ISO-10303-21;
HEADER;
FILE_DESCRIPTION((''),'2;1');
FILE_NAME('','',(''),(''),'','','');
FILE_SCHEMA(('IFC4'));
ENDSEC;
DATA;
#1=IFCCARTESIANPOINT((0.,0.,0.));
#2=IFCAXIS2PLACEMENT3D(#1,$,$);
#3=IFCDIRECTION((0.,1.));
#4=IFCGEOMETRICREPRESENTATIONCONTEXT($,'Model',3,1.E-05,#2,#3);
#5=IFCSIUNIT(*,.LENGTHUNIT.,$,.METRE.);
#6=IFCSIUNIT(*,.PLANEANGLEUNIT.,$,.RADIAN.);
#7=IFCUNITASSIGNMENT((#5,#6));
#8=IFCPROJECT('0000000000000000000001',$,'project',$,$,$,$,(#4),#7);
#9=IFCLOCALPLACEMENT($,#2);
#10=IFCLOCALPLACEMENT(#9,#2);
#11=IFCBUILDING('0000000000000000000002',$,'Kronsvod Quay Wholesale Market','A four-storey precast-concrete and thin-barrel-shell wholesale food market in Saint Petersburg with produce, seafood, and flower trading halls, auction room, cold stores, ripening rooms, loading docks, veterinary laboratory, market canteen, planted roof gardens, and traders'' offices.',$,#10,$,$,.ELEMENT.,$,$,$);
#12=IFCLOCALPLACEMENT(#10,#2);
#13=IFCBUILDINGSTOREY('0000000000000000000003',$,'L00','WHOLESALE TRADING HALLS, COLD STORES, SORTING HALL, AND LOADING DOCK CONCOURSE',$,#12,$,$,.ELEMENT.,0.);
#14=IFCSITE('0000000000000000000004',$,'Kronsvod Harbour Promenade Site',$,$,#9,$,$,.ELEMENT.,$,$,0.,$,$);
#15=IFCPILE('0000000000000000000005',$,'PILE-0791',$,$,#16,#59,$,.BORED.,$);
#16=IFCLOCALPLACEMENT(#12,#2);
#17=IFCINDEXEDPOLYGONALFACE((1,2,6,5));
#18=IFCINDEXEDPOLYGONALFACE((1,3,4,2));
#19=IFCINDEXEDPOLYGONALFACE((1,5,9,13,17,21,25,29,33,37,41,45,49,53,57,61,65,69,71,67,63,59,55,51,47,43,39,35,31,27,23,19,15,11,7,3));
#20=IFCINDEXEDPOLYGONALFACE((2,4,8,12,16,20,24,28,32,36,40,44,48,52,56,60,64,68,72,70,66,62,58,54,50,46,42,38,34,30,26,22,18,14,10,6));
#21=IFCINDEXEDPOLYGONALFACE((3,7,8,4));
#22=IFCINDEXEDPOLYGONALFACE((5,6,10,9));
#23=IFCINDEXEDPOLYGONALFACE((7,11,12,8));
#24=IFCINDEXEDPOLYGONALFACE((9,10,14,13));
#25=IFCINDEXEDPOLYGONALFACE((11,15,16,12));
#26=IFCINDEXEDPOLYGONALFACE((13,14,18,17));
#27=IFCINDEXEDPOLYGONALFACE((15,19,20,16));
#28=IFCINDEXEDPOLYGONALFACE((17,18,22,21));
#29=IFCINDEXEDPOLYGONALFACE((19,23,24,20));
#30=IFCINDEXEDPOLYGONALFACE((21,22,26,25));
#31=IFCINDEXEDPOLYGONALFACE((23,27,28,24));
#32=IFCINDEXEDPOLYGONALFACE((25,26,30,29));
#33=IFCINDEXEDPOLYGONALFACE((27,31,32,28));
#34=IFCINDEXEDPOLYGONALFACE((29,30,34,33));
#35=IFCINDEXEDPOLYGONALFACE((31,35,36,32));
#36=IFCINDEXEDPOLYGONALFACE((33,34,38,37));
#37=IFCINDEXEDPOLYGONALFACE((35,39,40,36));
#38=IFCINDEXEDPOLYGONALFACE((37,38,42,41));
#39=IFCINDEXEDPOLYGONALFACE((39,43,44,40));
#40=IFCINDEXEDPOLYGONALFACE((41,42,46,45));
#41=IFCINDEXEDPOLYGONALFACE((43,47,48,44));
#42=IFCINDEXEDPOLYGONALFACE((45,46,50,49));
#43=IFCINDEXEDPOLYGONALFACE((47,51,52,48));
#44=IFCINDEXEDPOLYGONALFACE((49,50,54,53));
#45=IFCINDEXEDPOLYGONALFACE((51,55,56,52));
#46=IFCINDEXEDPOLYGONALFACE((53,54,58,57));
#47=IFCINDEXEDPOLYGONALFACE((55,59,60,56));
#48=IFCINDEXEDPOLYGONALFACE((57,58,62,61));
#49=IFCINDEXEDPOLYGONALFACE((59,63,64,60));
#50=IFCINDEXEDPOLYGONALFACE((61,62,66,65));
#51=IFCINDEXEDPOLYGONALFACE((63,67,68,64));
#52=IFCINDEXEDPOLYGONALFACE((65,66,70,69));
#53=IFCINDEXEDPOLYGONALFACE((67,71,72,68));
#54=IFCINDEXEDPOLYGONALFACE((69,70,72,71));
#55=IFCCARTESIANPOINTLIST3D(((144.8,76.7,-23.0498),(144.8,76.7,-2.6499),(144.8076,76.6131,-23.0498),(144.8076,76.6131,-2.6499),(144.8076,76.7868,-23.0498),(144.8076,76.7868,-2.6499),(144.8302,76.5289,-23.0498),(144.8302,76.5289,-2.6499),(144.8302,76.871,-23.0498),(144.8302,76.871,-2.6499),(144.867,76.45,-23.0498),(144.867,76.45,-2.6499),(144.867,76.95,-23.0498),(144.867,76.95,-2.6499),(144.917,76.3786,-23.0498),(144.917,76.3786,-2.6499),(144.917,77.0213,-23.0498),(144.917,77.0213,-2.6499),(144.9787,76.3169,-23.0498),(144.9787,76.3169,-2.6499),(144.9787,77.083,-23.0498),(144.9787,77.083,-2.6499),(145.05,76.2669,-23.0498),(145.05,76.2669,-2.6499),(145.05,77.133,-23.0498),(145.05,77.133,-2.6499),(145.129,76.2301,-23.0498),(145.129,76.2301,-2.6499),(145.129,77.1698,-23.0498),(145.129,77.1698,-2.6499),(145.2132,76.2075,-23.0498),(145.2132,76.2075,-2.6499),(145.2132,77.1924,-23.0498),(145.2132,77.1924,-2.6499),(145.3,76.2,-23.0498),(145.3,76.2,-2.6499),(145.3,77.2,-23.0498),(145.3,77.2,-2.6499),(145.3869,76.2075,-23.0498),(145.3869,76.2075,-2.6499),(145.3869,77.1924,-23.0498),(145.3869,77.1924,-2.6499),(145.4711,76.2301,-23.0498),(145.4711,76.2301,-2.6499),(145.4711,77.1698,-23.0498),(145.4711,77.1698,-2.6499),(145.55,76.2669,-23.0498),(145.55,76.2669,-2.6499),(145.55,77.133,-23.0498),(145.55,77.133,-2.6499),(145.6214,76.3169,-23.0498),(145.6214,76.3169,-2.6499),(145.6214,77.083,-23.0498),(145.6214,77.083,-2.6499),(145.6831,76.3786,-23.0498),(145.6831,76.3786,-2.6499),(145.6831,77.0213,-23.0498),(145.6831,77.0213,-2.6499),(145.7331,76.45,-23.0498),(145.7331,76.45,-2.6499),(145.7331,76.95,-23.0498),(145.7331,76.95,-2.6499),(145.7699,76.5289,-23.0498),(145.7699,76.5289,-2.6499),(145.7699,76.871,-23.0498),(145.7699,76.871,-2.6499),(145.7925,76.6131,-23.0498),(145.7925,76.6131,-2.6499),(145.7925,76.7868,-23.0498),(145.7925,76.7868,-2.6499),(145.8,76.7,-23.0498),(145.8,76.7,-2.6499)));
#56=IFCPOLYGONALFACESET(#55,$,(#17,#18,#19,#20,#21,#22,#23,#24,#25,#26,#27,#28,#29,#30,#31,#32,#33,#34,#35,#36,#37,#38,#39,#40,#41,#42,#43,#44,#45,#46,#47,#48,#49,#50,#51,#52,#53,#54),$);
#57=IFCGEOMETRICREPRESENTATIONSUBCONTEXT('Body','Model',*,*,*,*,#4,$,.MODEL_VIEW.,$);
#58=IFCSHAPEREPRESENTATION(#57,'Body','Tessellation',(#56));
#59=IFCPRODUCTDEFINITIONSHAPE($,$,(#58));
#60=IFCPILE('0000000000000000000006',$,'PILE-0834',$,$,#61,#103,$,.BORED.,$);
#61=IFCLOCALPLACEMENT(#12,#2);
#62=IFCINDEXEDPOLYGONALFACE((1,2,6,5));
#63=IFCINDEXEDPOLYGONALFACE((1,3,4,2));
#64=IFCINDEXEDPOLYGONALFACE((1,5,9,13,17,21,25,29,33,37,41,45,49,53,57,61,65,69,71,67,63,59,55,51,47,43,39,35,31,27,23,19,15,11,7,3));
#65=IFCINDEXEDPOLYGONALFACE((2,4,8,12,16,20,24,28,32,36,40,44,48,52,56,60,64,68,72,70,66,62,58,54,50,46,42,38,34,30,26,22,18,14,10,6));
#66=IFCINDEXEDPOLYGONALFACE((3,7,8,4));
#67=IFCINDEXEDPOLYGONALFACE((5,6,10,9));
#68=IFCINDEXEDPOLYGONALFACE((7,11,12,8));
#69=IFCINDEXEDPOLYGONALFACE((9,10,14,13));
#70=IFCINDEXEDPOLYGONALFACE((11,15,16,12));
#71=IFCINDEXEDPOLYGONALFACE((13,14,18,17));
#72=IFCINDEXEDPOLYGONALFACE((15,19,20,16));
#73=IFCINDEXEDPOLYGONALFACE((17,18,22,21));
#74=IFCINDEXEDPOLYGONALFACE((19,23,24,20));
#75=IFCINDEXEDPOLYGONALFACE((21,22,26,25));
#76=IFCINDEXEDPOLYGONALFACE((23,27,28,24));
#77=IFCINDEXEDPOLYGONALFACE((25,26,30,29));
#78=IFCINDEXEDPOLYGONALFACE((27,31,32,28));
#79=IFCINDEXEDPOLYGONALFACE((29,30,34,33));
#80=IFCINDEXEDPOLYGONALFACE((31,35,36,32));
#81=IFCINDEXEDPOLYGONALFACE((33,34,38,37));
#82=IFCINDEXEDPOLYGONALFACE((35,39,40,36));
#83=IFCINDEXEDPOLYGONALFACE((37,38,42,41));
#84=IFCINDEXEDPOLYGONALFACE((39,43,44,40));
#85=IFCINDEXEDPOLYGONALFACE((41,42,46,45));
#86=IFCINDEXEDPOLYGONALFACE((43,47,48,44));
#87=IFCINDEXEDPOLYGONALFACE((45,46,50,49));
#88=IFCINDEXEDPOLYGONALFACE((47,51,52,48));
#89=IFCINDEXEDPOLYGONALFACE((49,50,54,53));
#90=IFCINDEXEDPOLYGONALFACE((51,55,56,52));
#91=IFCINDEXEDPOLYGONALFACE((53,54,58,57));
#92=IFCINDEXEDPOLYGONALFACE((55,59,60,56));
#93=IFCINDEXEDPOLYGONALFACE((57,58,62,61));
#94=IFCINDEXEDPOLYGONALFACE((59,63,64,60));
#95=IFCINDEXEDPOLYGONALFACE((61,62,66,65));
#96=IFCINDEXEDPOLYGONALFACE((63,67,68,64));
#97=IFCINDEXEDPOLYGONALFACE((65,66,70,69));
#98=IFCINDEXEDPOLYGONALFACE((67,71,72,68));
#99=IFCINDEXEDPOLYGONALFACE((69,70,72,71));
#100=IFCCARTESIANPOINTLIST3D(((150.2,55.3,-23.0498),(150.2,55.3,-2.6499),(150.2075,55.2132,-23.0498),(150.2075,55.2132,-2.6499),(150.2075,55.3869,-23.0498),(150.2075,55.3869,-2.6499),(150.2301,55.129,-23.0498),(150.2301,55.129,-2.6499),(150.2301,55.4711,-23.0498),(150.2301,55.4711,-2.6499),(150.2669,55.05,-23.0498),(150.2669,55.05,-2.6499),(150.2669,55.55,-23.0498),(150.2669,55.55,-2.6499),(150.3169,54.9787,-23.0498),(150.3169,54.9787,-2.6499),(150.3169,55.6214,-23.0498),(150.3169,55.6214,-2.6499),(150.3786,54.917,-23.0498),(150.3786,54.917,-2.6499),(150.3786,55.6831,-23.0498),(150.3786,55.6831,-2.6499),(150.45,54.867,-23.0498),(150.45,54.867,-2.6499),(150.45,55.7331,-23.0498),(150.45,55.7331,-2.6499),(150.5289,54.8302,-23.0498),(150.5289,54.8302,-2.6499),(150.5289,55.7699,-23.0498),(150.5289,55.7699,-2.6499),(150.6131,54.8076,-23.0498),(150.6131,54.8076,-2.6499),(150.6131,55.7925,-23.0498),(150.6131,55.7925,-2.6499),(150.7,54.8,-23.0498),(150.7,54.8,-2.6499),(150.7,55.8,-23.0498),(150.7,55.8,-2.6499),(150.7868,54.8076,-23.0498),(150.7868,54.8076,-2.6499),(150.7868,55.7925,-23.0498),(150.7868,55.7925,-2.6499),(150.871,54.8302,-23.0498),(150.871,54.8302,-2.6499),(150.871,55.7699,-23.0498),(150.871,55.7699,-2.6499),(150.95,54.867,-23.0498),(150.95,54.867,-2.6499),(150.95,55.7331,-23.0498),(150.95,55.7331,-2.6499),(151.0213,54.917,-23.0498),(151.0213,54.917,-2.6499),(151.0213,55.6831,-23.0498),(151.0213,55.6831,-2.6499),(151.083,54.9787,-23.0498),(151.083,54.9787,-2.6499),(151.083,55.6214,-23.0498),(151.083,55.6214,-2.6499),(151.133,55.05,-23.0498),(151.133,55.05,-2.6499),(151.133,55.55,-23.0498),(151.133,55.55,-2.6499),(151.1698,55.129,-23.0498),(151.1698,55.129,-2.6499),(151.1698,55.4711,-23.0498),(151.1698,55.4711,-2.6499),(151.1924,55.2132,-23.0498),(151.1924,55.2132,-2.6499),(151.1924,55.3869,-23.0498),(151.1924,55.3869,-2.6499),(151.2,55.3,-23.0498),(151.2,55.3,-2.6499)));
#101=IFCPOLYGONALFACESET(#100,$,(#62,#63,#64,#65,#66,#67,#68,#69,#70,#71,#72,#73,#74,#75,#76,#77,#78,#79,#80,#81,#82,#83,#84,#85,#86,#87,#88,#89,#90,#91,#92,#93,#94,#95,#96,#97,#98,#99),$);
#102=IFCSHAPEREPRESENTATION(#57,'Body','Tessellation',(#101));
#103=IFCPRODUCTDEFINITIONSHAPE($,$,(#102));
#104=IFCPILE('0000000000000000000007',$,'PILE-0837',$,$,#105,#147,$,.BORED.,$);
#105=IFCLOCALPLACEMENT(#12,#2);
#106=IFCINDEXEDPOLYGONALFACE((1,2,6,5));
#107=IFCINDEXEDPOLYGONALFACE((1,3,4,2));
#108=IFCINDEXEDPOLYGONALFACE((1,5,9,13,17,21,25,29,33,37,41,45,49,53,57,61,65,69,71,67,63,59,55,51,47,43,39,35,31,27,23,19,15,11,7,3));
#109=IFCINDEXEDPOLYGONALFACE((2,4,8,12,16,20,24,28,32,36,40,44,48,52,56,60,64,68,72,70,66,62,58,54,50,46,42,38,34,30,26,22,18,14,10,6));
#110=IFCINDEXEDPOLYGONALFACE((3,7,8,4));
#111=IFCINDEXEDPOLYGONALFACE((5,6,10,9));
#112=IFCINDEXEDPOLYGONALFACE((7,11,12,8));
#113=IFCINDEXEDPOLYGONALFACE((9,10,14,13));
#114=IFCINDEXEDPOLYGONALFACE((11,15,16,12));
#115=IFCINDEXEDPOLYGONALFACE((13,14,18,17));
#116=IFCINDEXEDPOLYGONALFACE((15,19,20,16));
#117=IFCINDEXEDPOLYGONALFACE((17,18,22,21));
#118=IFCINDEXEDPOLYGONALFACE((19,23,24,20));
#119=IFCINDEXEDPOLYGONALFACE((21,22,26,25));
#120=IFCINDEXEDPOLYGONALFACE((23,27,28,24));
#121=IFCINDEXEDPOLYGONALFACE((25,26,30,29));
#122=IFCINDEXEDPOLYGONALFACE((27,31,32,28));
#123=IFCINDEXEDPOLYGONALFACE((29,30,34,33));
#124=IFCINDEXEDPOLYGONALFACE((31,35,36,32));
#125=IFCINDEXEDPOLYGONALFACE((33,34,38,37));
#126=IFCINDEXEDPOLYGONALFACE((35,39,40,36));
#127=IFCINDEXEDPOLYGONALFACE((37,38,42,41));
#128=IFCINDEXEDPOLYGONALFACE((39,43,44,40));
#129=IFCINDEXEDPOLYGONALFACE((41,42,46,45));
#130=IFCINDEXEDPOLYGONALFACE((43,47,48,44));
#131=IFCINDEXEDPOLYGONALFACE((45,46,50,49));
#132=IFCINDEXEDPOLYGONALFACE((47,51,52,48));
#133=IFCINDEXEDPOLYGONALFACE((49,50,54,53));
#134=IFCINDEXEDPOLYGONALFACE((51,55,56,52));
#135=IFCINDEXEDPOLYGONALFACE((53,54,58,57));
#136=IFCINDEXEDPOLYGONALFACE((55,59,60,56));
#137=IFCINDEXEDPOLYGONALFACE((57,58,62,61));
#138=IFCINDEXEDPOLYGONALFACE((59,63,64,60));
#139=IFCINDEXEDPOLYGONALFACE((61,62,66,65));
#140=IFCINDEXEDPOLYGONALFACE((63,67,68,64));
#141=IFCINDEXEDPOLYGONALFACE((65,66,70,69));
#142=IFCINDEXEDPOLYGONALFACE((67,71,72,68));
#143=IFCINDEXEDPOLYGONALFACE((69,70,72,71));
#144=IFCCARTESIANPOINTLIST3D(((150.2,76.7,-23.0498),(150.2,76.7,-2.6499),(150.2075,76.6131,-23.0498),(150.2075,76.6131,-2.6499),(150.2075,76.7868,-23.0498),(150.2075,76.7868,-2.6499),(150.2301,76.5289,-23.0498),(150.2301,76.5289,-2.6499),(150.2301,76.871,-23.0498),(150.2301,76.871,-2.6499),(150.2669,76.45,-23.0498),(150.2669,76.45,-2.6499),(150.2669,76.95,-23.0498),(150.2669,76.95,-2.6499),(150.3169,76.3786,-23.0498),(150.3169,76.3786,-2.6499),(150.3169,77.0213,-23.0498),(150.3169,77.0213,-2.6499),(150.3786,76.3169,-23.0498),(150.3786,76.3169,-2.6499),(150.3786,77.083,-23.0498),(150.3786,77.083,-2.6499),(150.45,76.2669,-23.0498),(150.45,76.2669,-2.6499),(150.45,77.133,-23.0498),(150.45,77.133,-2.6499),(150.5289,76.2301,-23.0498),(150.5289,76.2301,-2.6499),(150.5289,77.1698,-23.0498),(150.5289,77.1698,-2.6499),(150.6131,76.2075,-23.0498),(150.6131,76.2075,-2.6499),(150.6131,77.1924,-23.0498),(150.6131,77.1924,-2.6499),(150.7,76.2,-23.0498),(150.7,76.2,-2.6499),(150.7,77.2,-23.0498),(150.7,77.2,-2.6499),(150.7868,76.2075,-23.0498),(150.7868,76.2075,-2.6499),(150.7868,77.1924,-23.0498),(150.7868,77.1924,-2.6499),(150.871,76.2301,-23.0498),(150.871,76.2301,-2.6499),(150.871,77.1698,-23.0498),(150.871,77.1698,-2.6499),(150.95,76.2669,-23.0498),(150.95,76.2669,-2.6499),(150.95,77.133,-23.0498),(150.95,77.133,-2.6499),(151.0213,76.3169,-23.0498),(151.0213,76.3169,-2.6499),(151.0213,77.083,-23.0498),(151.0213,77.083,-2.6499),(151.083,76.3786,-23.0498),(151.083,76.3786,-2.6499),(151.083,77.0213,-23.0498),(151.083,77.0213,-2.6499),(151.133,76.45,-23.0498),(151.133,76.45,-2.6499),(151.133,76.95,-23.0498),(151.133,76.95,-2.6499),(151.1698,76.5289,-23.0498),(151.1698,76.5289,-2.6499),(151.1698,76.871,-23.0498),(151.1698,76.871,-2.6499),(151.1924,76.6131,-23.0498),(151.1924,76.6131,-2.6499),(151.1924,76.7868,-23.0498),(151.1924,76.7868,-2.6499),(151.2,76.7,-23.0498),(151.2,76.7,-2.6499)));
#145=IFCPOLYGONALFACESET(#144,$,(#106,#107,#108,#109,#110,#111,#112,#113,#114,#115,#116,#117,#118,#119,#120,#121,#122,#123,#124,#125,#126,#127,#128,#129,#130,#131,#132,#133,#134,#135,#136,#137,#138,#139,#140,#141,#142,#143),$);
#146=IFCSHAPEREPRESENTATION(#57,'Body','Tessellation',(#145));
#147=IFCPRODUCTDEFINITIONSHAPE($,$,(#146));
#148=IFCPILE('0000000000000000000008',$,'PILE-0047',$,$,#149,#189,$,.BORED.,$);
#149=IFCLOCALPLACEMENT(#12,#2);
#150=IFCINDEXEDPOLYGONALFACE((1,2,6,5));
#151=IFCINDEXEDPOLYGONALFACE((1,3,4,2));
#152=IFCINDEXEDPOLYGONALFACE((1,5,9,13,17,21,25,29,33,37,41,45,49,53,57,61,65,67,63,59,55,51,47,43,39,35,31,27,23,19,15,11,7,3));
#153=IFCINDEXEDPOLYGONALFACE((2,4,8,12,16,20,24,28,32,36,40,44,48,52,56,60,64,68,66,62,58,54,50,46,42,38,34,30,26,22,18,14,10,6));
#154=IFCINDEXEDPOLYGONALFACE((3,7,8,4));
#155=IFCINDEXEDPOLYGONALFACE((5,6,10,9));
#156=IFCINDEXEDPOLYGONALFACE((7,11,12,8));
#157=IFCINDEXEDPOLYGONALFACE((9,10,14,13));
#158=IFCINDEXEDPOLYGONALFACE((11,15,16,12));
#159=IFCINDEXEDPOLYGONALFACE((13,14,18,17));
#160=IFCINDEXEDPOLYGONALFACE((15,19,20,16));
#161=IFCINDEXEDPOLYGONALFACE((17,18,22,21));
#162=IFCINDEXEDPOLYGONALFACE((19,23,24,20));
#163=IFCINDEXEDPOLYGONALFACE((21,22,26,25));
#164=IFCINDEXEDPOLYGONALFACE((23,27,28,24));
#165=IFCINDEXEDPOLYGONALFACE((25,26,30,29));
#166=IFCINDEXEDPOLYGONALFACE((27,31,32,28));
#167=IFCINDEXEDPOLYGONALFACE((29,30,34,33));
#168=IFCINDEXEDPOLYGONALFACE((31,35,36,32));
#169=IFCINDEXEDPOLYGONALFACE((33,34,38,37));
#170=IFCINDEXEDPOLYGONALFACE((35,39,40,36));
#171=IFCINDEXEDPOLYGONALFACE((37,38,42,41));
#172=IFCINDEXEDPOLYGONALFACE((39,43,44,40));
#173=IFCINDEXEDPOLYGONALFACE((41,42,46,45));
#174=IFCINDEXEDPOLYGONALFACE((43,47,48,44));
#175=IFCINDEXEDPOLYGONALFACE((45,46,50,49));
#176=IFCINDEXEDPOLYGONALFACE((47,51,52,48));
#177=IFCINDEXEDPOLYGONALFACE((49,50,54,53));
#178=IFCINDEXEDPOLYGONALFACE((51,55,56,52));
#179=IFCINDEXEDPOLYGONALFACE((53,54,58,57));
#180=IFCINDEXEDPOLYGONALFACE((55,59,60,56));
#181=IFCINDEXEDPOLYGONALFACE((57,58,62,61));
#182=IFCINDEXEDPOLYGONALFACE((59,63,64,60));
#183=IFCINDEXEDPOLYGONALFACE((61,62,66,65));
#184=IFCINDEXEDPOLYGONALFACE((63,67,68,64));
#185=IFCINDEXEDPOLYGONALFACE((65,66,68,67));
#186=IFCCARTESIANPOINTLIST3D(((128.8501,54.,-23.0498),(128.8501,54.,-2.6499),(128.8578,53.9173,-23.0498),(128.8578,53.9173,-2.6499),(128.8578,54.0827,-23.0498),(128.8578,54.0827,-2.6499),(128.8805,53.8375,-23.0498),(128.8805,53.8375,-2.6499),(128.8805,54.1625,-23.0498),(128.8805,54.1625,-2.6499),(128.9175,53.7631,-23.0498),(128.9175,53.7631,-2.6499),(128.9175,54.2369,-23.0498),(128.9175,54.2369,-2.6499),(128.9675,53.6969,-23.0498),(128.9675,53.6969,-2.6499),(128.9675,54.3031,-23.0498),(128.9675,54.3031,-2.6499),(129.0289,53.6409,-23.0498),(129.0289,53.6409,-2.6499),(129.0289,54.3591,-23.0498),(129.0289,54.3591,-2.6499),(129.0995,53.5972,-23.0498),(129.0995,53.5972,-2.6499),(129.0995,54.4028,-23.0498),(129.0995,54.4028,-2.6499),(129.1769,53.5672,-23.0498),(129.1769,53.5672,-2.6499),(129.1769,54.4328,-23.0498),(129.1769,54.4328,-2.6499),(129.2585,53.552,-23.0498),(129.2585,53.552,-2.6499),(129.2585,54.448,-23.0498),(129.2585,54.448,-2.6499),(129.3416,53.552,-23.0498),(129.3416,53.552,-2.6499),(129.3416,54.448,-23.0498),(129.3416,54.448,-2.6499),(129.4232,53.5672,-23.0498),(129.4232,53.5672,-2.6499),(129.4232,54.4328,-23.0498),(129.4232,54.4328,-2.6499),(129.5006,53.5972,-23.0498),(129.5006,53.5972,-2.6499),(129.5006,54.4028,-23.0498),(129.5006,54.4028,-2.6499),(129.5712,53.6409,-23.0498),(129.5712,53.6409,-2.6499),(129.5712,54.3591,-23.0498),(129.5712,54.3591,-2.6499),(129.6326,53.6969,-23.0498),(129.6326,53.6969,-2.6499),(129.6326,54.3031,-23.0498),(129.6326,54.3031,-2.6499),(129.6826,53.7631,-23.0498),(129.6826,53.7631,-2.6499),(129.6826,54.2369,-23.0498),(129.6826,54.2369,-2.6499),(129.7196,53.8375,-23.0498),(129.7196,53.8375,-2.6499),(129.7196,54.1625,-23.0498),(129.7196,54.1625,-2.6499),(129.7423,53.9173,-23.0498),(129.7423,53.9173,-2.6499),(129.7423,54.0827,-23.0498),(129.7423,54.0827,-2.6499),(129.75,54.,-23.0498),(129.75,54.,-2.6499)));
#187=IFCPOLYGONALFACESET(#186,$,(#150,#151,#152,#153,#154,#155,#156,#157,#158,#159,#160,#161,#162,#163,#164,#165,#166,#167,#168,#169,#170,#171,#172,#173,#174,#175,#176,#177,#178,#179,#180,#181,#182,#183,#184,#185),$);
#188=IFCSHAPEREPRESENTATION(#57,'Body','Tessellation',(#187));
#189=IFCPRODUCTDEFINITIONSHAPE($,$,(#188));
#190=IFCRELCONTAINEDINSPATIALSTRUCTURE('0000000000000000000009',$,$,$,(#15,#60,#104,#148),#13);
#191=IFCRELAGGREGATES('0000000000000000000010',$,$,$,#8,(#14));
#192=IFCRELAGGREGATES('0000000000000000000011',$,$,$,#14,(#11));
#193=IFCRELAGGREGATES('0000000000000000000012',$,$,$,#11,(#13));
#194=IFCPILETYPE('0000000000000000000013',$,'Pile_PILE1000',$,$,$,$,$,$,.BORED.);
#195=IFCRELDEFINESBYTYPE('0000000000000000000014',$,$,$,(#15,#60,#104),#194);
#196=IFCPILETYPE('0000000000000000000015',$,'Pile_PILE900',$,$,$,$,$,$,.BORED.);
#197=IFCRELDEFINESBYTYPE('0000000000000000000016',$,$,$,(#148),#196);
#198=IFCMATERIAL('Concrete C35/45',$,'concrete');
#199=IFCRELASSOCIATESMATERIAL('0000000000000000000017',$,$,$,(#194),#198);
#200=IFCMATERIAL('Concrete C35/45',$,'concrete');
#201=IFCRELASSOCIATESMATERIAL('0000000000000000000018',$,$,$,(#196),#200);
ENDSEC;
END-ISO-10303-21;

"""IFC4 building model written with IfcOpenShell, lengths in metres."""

from ifc_helpers import new_model, si_unit, direction, frame, origin, origin_2d, place, context, subcontext, project, spatial, circle, extrude, material, material_profile, profile_set, type_object, element, save


model = new_model("IFC4")

# Units and contexts
model_context = context("Model", 3, precision=1e-05, world=origin(), true_north=direction((0.0, 1.0)))
body_context = subcontext(model_context, "Body", "Model", "MODEL_VIEW")
ifc_project = project(units=[si_unit("LENGTHUNIT", "METRE"), si_unit("PLANEANGLEUNIT", "RADIAN")], contexts=[model_context])

# Site, building, storey
site_placement = place(None, origin())
site = spatial("IfcSite", under=ifc_project, at=site_placement, Name="Kronsvod Harbour Promenade Site", CompositionType="ELEMENT", RefElevation=0.0)
building_placement = place(site_placement, origin())
building = spatial("IfcBuilding", under=site, at=building_placement, Name="Kronsvod Quay Wholesale Market", Description="A four-storey precast-concrete and thin-barrel-shell wholesale food market in Saint Petersburg with produce, seafood, and flower trading halls, auction room, cold stores, ripening rooms, loading docks, veterinary laboratory, market canteen, planted roof gardens, and traders' offices.", CompositionType="ELEMENT")
storey_placement = place(building_placement, origin())
storey = spatial("IfcBuildingStorey", under=building, at=storey_placement, Name="L00", Description="WHOLESALE TRADING HALLS, COLD STORES, SORTING HALL, AND LOADING DOCK CONCOURSE", CompositionType="ELEMENT", Elevation=0.0)

# Piles
ifc_material_1 = material(Name="Concrete C35/45", Category="concrete")
ifc_material_profile_1 = material_profile(ifc_material_1, circle(Radius=0.5, at=origin_2d()), Name="PILE1000")
ifc_profile_set_1 = profile_set([ifc_material_profile_1], Name="Concrete C35/45")
pile_type_1 = type_object("IfcPileType", Name="Pile_PILE1000", PredefinedType="BORED", material=ifc_profile_set_1)
for number, where, z_axis, x_axis, name in (
    (1, (145.3, 76.7, -2.6499), (0.0, 0.0, -1.0), (1.0, 0.0, 0.0), "PILE-0791"),
    (2, (150.7, 55.3, -2.6499), (0.0, 0.0, -1.0), (1.0, 0.0, 0.0), "PILE-0834"),
    (3, (150.7, 76.7, -2.6499), (0.0, 0.0, -1.0), (1.0, 0.0, 0.0), "PILE-0837"),
):
    element("IfcPile", number, at=place(storey_placement, frame(where, z_axis=z_axis, x_axis=x_axis)), inside=storey, type_object=pile_type_1, Name=name, PredefinedType="BORED", context=body_context, shape_type="SweptSolid", body=[
        extrude(circle(Radius=0.5, at=origin_2d()), origin(), (0.0, 0.0, 1.0), 20.3999),
    ])
ifc_material_2 = material(Name="Concrete C35/45", Category="concrete")
ifc_material_profile_2 = material_profile(ifc_material_2, circle(Radius=0.45, at=origin_2d()), Name="PILE900")
ifc_profile_set_2 = profile_set([ifc_material_profile_2], Name="Concrete C35/45")
pile_type_2 = type_object("IfcPileType", Name="Pile_PILE900", PredefinedType="BORED", material=ifc_profile_set_2)
for number, where, z_axis, x_axis, name in (
    (4, (129.3, 54.0, -2.6499), (0.0, 0.0, -1.0), (1.0, 0.0, 0.0), "PILE-0047"),
):
    element("IfcPile", number, at=place(storey_placement, frame(where, z_axis=z_axis, x_axis=x_axis)), inside=storey, type_object=pile_type_2, Name=name, PredefinedType="BORED", context=body_context, shape_type="SweptSolid", body=[
        extrude(circle(Radius=0.45, at=origin_2d()), origin(), (0.0, 0.0, 1.0), 20.3999),
    ])

save(model, "model.ifc")
